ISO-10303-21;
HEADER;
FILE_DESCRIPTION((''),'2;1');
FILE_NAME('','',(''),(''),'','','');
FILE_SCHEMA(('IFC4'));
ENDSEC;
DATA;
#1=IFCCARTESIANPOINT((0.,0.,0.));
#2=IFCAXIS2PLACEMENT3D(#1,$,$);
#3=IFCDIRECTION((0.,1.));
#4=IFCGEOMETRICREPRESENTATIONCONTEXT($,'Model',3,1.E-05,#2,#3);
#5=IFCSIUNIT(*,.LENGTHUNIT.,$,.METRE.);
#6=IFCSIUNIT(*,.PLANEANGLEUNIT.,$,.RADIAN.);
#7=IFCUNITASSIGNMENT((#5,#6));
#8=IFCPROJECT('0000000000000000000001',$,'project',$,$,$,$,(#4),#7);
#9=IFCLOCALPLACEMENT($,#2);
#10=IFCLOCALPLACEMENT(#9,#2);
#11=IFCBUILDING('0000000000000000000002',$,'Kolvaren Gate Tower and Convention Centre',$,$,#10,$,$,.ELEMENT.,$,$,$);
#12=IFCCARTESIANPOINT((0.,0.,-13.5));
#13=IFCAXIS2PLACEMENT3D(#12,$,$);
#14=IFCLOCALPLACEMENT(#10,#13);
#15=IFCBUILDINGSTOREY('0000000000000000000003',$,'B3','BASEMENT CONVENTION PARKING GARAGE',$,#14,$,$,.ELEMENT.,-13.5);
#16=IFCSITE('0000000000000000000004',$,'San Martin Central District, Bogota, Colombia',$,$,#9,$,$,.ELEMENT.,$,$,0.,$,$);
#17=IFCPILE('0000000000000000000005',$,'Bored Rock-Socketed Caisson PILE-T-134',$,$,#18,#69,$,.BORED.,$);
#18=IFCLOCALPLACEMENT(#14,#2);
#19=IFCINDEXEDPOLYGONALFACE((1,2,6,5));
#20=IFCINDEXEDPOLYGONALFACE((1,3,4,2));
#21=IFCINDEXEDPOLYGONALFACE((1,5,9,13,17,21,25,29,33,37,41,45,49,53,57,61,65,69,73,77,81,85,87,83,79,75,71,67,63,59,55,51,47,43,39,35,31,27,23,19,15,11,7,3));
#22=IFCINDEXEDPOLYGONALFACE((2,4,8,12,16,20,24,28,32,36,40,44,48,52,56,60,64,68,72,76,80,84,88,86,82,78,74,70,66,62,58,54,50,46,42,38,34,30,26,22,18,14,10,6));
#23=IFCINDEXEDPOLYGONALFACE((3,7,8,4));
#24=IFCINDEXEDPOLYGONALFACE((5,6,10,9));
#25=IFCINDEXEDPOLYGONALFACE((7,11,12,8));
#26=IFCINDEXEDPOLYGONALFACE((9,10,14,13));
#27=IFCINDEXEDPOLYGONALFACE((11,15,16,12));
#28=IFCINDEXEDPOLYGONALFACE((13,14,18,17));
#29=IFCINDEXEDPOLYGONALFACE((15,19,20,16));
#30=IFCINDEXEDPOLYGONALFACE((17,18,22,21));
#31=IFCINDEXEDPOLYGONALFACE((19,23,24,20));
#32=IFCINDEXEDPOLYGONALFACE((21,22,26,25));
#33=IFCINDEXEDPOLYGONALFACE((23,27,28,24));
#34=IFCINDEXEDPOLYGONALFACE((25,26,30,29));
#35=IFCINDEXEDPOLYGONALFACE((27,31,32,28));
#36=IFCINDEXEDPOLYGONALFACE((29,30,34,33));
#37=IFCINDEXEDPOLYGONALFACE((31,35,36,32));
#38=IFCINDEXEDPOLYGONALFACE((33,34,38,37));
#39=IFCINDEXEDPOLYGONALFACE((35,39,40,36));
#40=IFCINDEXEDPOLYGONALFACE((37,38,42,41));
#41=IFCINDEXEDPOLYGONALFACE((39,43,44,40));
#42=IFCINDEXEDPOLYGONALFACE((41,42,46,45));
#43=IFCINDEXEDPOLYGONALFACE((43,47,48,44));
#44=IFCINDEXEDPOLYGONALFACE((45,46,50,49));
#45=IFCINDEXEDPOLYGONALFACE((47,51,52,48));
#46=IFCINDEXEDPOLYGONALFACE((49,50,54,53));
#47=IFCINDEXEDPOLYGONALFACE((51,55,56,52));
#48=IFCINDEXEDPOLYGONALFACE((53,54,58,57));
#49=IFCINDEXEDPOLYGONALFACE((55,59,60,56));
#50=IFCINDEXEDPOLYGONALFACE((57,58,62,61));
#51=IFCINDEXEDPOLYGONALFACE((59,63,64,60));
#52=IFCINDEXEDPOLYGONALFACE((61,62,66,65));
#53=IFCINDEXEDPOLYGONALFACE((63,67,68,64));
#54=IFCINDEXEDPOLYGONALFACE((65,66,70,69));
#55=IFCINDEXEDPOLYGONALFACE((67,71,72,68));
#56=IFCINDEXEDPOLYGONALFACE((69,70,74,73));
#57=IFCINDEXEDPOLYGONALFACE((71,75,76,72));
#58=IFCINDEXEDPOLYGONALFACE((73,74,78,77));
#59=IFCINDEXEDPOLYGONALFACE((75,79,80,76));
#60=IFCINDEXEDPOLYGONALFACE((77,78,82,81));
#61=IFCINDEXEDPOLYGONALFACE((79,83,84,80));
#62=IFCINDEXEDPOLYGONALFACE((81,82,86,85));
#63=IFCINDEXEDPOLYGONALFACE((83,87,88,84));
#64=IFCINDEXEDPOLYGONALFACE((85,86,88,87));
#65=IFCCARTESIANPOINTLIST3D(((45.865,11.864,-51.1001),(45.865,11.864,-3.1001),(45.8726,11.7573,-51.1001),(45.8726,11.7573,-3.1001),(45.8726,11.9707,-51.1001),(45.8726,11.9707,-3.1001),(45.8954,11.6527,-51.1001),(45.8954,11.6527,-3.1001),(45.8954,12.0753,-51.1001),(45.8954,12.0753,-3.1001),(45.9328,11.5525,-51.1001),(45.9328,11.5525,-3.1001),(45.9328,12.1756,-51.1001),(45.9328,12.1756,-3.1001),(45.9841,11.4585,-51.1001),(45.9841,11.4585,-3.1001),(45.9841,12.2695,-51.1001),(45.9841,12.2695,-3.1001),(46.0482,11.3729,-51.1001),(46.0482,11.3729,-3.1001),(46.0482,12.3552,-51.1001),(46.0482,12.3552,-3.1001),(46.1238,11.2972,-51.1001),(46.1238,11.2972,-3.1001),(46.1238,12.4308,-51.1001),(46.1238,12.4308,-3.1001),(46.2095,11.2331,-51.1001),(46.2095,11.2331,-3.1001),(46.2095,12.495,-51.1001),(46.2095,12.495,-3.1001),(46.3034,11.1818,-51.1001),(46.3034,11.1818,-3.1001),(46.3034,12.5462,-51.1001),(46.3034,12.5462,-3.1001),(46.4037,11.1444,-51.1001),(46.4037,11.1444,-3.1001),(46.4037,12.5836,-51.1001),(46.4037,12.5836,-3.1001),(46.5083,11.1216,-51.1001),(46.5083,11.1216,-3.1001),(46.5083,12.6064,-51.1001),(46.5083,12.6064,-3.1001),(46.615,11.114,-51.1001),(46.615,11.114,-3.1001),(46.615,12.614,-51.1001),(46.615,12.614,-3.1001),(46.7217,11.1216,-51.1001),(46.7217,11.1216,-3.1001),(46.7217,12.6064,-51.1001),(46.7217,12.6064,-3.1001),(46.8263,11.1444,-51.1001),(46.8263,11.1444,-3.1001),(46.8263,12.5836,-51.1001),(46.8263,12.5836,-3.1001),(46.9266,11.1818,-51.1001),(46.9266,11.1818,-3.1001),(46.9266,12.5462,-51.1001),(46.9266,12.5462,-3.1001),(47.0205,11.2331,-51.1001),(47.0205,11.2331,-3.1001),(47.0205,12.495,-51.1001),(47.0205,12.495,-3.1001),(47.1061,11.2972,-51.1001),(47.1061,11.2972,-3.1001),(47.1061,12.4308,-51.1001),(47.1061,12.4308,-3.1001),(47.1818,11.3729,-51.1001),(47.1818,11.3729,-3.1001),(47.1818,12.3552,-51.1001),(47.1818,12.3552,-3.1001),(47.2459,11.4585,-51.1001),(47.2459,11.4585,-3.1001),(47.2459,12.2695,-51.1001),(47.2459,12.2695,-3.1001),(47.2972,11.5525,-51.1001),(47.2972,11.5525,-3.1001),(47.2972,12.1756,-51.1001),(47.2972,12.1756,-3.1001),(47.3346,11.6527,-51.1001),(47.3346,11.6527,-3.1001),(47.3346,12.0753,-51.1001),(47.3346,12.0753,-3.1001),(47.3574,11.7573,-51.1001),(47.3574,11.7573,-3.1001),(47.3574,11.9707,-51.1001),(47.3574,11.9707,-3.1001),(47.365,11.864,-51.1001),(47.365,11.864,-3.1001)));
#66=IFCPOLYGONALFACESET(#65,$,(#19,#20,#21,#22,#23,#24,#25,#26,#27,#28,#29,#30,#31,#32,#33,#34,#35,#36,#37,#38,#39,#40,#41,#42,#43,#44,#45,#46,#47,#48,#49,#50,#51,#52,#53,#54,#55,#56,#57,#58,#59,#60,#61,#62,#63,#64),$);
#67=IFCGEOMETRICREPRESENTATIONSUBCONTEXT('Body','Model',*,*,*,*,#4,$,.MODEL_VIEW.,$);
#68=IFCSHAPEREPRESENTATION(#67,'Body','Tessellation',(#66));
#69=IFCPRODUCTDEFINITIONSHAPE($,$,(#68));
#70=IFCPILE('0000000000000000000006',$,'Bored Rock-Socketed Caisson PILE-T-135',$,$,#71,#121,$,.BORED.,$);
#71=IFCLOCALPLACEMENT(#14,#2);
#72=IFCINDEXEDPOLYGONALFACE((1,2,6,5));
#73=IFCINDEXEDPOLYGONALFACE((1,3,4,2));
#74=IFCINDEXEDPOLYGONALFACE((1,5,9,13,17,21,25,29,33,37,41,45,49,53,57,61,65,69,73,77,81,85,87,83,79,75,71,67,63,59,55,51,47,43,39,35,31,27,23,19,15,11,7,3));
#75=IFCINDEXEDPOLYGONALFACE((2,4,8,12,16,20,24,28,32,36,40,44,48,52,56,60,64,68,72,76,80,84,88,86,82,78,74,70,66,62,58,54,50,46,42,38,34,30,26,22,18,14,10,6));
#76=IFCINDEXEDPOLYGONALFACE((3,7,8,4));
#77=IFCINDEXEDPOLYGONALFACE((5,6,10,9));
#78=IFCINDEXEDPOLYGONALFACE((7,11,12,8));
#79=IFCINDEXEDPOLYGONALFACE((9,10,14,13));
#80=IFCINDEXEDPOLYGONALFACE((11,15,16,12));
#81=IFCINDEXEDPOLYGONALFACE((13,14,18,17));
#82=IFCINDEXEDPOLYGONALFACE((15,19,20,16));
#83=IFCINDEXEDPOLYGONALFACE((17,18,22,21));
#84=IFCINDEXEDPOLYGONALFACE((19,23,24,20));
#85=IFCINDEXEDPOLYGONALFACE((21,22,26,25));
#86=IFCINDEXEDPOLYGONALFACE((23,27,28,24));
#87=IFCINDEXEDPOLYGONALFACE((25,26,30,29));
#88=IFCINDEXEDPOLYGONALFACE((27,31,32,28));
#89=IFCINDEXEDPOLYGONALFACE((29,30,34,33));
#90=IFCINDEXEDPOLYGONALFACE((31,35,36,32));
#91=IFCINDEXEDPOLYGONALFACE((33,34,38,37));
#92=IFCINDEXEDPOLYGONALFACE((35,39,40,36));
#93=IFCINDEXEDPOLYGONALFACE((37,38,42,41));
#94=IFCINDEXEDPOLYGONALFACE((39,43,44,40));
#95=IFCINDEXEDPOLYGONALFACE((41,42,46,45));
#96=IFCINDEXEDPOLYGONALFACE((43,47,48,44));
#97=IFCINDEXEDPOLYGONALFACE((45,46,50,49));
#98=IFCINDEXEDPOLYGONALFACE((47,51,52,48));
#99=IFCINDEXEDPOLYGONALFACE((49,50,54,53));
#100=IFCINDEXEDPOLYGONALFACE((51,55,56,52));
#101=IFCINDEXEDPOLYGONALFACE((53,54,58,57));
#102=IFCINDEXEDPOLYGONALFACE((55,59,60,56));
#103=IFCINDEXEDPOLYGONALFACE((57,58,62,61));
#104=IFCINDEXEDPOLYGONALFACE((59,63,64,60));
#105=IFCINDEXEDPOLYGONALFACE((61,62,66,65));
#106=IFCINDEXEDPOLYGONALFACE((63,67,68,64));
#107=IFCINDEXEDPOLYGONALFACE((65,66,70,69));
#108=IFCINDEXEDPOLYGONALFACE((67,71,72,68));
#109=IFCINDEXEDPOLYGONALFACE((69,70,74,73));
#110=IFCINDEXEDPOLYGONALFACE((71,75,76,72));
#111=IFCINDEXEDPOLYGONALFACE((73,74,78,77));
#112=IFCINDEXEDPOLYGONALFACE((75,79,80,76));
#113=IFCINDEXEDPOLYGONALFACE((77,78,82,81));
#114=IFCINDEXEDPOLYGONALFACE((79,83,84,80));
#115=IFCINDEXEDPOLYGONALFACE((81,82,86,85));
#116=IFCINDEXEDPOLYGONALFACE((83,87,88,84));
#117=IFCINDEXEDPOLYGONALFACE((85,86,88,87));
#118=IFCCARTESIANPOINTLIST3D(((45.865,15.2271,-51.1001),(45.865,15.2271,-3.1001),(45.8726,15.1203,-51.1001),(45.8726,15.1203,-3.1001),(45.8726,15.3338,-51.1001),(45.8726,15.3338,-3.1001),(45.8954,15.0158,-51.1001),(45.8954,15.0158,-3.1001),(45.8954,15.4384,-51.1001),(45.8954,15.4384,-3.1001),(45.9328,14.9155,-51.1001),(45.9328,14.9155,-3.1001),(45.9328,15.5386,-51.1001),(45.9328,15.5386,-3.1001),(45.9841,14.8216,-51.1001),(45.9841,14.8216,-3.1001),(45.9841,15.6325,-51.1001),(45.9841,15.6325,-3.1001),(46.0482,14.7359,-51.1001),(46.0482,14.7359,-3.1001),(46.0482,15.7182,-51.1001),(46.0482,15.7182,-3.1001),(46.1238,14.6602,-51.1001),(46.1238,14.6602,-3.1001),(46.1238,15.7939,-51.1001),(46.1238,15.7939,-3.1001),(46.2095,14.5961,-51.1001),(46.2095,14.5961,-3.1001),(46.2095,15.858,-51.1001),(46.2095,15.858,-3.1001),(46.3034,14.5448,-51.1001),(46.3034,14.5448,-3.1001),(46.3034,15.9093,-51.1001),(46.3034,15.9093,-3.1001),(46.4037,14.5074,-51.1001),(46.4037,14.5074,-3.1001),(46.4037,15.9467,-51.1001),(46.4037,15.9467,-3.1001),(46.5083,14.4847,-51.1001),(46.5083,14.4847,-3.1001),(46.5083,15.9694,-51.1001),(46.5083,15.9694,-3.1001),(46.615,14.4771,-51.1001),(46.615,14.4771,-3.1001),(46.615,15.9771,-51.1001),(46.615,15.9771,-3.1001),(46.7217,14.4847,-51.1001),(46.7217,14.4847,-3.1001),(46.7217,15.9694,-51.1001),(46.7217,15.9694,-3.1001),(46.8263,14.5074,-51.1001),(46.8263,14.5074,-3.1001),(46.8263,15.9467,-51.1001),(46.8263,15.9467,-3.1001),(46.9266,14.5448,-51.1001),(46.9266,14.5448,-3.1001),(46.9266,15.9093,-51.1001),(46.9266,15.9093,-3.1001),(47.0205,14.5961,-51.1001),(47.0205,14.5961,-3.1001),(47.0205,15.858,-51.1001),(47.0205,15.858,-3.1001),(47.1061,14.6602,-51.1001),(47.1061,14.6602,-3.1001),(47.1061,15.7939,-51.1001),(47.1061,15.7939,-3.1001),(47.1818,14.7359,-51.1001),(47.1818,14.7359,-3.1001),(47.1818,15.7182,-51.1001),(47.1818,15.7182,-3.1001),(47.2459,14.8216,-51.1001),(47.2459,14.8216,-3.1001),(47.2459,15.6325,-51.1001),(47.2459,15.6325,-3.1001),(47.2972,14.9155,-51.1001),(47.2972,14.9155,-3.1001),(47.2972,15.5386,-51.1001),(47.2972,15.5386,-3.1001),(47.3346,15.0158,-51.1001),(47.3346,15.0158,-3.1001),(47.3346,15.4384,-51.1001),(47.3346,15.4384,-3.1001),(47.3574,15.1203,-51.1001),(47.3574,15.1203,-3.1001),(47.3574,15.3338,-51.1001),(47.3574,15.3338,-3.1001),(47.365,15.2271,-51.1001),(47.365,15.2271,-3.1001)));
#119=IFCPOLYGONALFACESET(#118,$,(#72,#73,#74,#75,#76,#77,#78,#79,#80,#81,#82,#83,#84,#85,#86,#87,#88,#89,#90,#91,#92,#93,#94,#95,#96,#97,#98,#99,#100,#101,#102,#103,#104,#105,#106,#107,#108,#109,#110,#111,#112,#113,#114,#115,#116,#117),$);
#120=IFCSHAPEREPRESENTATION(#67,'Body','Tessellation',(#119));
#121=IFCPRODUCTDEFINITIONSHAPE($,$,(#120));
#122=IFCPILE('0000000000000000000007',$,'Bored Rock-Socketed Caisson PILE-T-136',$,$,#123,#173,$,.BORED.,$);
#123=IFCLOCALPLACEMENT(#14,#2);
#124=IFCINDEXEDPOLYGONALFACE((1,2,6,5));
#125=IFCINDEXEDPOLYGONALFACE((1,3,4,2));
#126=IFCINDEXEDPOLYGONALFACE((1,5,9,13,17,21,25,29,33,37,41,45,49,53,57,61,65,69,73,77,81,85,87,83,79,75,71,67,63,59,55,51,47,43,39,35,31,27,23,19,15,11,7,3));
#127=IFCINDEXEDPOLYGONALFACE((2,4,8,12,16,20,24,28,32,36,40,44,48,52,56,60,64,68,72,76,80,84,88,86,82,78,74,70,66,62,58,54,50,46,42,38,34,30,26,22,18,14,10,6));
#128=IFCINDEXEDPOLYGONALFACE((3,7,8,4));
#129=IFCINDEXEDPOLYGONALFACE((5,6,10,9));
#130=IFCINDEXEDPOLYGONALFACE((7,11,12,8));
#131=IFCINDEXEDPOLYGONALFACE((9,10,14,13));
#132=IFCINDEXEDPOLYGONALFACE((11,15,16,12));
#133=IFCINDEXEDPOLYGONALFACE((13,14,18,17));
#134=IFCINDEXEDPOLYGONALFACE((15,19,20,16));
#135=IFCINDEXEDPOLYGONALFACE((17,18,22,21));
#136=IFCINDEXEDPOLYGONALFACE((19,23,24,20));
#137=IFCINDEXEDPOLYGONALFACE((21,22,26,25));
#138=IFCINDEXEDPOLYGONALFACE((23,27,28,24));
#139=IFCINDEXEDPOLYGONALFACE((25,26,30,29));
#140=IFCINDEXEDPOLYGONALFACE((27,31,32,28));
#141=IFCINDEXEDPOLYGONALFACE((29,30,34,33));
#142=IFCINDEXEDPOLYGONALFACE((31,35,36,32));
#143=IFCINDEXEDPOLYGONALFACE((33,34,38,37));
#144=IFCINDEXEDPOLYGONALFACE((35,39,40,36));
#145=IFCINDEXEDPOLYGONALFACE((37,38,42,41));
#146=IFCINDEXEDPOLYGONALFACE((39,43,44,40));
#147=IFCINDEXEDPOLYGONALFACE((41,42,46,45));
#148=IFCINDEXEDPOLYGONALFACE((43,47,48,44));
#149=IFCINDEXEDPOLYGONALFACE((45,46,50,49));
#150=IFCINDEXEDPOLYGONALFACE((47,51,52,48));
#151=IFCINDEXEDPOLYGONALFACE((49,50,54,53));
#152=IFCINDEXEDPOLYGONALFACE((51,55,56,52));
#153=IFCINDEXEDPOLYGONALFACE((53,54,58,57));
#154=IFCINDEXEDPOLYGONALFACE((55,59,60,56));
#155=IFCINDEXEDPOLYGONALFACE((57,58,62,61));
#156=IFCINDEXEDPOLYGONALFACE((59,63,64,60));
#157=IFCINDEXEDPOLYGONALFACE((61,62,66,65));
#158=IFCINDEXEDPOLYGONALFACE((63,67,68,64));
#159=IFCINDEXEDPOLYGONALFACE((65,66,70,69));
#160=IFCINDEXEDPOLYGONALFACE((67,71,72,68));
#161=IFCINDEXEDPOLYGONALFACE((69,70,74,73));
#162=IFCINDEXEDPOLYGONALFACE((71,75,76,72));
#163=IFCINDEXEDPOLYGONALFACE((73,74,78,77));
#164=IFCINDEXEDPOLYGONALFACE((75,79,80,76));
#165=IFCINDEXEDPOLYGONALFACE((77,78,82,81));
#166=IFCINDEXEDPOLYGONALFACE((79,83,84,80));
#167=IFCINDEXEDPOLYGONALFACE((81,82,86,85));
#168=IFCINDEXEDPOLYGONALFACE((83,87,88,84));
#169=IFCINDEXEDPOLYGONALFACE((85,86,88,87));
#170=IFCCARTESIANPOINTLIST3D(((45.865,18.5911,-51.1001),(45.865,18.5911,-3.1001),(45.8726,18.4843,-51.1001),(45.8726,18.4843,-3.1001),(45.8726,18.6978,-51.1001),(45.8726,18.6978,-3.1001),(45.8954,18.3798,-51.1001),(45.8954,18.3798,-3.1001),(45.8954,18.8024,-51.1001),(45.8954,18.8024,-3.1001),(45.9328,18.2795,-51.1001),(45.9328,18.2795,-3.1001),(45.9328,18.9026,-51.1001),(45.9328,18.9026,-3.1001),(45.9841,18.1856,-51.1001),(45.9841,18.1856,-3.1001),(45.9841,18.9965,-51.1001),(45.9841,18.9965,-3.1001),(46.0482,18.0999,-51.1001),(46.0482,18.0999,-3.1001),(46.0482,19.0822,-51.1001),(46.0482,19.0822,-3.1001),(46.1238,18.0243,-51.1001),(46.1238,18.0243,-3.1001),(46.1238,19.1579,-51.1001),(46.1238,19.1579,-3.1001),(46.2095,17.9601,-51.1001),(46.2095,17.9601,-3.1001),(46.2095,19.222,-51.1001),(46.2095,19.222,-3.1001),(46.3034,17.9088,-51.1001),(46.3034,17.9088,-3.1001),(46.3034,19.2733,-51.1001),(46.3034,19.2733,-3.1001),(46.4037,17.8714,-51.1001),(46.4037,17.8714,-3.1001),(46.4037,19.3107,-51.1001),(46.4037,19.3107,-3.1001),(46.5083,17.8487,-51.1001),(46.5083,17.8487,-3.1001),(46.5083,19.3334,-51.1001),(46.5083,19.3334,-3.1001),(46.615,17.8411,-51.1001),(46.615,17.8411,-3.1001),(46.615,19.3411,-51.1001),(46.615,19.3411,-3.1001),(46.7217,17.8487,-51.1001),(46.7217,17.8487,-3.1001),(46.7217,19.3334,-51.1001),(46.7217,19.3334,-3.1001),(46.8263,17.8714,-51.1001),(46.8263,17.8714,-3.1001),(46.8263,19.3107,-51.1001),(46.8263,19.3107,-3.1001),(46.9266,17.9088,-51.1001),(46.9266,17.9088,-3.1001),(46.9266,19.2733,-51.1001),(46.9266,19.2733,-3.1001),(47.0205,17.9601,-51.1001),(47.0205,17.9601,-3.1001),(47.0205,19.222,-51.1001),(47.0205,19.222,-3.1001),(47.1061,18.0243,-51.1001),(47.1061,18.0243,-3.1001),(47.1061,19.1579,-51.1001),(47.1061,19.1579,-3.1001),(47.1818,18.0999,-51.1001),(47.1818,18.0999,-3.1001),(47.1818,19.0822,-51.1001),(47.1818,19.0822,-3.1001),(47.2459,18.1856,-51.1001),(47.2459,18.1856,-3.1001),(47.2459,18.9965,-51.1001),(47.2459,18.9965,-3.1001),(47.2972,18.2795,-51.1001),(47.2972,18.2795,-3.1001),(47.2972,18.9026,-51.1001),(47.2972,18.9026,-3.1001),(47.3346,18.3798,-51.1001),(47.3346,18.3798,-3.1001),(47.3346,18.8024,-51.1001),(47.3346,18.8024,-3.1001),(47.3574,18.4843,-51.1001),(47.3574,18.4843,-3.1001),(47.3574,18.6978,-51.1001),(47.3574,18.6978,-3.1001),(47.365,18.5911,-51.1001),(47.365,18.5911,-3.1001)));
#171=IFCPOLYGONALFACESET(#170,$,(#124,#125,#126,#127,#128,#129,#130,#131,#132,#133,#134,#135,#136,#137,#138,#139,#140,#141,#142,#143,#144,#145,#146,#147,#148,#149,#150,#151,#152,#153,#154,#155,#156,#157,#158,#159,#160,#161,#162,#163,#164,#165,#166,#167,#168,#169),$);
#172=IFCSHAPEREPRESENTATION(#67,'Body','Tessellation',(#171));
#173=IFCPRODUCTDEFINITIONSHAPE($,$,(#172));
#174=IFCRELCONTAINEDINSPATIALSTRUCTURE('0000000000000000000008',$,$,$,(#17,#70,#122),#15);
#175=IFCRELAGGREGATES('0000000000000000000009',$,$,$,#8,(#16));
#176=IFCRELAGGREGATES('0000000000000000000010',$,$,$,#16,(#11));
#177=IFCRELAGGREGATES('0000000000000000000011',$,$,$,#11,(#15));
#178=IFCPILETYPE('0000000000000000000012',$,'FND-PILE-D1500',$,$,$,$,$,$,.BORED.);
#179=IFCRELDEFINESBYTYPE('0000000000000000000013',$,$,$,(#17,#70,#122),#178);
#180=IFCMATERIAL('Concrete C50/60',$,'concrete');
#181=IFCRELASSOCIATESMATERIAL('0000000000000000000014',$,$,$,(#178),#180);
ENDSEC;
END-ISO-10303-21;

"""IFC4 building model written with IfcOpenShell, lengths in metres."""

from ifc_helpers import new_model, si_unit, direction, frame, origin, origin_2d, place, context, subcontext, project, spatial, circle, extrude, material, material_profile, profile_set, type_object, element, save


model = new_model("IFC4")

# Units and contexts
model_context = context("Model", 3, precision=1e-05, world=origin(), true_north=direction((0.0, 1.0)))
body_context = subcontext(model_context, "Body", "Model", "MODEL_VIEW")
ifc_project = project(units=[si_unit("LENGTHUNIT", "METRE"), si_unit("PLANEANGLEUNIT", "RADIAN")], contexts=[model_context])

# Site, building, storey
site_placement = place(None, origin())
site = spatial("IfcSite", under=ifc_project, at=site_placement, Name="San Martin Central District, Bogota, Colombia", CompositionType="ELEMENT", RefElevation=0.0)
building_placement = place(site_placement, origin())
building = spatial("IfcBuilding", under=site, at=building_placement, Name="Kolvaren Gate Tower and Convention Centre", CompositionType="ELEMENT")
storey_placement = place(building_placement, frame((0.0, 0.0, -13.5)))
storey = spatial("IfcBuildingStorey", under=building, at=storey_placement, Name="B3", Description="BASEMENT CONVENTION PARKING GARAGE", CompositionType="ELEMENT", Elevation=-13.5)

# Shared definitions
ifc_material_1 = material(Name="Concrete C50/60", Category="concrete")

# Piles
ifc_material_profile_1 = material_profile(ifc_material_1, circle(Radius=0.75, at=origin_2d()), Name="CAISSON-D1500")
ifc_profile_set_1 = profile_set([ifc_material_profile_1], Name="Concrete C50/60")
pile_type = type_object("IfcPileType", Name="FND-PILE-D1500", PredefinedType="BORED", material=ifc_profile_set_1)
for number, where, z_axis, x_axis, name in (
    (1, (46.615, 11.864, -3.1001), (0.0, 0.0, -1.0), (1.0, 0.0, 0.0), "Bored Rock-Socketed Caisson PILE-T-134"),
    (2, (46.615, 15.2271, -3.1001), (0.0, 0.0, -1.0), (1.0, 0.0, 0.0), "Bored Rock-Socketed Caisson PILE-T-135"),
    (3, (46.615, 18.5911, -3.1001), (0.0, 0.0, -1.0), (1.0, 0.0, 0.0), "Bored Rock-Socketed Caisson PILE-T-136"),
):
    element("IfcPile", number, at=place(storey_placement, frame(where, z_axis=z_axis, x_axis=x_axis)), inside=storey, type_object=pile_type, Name=name, PredefinedType="BORED", context=body_context, shape_type="SweptSolid", body=[
        extrude(circle(Radius=0.75, at=origin_2d()), origin(), (0.0, 0.0, 1.0), 48.0),
    ])

save(model, "model.ifc")
